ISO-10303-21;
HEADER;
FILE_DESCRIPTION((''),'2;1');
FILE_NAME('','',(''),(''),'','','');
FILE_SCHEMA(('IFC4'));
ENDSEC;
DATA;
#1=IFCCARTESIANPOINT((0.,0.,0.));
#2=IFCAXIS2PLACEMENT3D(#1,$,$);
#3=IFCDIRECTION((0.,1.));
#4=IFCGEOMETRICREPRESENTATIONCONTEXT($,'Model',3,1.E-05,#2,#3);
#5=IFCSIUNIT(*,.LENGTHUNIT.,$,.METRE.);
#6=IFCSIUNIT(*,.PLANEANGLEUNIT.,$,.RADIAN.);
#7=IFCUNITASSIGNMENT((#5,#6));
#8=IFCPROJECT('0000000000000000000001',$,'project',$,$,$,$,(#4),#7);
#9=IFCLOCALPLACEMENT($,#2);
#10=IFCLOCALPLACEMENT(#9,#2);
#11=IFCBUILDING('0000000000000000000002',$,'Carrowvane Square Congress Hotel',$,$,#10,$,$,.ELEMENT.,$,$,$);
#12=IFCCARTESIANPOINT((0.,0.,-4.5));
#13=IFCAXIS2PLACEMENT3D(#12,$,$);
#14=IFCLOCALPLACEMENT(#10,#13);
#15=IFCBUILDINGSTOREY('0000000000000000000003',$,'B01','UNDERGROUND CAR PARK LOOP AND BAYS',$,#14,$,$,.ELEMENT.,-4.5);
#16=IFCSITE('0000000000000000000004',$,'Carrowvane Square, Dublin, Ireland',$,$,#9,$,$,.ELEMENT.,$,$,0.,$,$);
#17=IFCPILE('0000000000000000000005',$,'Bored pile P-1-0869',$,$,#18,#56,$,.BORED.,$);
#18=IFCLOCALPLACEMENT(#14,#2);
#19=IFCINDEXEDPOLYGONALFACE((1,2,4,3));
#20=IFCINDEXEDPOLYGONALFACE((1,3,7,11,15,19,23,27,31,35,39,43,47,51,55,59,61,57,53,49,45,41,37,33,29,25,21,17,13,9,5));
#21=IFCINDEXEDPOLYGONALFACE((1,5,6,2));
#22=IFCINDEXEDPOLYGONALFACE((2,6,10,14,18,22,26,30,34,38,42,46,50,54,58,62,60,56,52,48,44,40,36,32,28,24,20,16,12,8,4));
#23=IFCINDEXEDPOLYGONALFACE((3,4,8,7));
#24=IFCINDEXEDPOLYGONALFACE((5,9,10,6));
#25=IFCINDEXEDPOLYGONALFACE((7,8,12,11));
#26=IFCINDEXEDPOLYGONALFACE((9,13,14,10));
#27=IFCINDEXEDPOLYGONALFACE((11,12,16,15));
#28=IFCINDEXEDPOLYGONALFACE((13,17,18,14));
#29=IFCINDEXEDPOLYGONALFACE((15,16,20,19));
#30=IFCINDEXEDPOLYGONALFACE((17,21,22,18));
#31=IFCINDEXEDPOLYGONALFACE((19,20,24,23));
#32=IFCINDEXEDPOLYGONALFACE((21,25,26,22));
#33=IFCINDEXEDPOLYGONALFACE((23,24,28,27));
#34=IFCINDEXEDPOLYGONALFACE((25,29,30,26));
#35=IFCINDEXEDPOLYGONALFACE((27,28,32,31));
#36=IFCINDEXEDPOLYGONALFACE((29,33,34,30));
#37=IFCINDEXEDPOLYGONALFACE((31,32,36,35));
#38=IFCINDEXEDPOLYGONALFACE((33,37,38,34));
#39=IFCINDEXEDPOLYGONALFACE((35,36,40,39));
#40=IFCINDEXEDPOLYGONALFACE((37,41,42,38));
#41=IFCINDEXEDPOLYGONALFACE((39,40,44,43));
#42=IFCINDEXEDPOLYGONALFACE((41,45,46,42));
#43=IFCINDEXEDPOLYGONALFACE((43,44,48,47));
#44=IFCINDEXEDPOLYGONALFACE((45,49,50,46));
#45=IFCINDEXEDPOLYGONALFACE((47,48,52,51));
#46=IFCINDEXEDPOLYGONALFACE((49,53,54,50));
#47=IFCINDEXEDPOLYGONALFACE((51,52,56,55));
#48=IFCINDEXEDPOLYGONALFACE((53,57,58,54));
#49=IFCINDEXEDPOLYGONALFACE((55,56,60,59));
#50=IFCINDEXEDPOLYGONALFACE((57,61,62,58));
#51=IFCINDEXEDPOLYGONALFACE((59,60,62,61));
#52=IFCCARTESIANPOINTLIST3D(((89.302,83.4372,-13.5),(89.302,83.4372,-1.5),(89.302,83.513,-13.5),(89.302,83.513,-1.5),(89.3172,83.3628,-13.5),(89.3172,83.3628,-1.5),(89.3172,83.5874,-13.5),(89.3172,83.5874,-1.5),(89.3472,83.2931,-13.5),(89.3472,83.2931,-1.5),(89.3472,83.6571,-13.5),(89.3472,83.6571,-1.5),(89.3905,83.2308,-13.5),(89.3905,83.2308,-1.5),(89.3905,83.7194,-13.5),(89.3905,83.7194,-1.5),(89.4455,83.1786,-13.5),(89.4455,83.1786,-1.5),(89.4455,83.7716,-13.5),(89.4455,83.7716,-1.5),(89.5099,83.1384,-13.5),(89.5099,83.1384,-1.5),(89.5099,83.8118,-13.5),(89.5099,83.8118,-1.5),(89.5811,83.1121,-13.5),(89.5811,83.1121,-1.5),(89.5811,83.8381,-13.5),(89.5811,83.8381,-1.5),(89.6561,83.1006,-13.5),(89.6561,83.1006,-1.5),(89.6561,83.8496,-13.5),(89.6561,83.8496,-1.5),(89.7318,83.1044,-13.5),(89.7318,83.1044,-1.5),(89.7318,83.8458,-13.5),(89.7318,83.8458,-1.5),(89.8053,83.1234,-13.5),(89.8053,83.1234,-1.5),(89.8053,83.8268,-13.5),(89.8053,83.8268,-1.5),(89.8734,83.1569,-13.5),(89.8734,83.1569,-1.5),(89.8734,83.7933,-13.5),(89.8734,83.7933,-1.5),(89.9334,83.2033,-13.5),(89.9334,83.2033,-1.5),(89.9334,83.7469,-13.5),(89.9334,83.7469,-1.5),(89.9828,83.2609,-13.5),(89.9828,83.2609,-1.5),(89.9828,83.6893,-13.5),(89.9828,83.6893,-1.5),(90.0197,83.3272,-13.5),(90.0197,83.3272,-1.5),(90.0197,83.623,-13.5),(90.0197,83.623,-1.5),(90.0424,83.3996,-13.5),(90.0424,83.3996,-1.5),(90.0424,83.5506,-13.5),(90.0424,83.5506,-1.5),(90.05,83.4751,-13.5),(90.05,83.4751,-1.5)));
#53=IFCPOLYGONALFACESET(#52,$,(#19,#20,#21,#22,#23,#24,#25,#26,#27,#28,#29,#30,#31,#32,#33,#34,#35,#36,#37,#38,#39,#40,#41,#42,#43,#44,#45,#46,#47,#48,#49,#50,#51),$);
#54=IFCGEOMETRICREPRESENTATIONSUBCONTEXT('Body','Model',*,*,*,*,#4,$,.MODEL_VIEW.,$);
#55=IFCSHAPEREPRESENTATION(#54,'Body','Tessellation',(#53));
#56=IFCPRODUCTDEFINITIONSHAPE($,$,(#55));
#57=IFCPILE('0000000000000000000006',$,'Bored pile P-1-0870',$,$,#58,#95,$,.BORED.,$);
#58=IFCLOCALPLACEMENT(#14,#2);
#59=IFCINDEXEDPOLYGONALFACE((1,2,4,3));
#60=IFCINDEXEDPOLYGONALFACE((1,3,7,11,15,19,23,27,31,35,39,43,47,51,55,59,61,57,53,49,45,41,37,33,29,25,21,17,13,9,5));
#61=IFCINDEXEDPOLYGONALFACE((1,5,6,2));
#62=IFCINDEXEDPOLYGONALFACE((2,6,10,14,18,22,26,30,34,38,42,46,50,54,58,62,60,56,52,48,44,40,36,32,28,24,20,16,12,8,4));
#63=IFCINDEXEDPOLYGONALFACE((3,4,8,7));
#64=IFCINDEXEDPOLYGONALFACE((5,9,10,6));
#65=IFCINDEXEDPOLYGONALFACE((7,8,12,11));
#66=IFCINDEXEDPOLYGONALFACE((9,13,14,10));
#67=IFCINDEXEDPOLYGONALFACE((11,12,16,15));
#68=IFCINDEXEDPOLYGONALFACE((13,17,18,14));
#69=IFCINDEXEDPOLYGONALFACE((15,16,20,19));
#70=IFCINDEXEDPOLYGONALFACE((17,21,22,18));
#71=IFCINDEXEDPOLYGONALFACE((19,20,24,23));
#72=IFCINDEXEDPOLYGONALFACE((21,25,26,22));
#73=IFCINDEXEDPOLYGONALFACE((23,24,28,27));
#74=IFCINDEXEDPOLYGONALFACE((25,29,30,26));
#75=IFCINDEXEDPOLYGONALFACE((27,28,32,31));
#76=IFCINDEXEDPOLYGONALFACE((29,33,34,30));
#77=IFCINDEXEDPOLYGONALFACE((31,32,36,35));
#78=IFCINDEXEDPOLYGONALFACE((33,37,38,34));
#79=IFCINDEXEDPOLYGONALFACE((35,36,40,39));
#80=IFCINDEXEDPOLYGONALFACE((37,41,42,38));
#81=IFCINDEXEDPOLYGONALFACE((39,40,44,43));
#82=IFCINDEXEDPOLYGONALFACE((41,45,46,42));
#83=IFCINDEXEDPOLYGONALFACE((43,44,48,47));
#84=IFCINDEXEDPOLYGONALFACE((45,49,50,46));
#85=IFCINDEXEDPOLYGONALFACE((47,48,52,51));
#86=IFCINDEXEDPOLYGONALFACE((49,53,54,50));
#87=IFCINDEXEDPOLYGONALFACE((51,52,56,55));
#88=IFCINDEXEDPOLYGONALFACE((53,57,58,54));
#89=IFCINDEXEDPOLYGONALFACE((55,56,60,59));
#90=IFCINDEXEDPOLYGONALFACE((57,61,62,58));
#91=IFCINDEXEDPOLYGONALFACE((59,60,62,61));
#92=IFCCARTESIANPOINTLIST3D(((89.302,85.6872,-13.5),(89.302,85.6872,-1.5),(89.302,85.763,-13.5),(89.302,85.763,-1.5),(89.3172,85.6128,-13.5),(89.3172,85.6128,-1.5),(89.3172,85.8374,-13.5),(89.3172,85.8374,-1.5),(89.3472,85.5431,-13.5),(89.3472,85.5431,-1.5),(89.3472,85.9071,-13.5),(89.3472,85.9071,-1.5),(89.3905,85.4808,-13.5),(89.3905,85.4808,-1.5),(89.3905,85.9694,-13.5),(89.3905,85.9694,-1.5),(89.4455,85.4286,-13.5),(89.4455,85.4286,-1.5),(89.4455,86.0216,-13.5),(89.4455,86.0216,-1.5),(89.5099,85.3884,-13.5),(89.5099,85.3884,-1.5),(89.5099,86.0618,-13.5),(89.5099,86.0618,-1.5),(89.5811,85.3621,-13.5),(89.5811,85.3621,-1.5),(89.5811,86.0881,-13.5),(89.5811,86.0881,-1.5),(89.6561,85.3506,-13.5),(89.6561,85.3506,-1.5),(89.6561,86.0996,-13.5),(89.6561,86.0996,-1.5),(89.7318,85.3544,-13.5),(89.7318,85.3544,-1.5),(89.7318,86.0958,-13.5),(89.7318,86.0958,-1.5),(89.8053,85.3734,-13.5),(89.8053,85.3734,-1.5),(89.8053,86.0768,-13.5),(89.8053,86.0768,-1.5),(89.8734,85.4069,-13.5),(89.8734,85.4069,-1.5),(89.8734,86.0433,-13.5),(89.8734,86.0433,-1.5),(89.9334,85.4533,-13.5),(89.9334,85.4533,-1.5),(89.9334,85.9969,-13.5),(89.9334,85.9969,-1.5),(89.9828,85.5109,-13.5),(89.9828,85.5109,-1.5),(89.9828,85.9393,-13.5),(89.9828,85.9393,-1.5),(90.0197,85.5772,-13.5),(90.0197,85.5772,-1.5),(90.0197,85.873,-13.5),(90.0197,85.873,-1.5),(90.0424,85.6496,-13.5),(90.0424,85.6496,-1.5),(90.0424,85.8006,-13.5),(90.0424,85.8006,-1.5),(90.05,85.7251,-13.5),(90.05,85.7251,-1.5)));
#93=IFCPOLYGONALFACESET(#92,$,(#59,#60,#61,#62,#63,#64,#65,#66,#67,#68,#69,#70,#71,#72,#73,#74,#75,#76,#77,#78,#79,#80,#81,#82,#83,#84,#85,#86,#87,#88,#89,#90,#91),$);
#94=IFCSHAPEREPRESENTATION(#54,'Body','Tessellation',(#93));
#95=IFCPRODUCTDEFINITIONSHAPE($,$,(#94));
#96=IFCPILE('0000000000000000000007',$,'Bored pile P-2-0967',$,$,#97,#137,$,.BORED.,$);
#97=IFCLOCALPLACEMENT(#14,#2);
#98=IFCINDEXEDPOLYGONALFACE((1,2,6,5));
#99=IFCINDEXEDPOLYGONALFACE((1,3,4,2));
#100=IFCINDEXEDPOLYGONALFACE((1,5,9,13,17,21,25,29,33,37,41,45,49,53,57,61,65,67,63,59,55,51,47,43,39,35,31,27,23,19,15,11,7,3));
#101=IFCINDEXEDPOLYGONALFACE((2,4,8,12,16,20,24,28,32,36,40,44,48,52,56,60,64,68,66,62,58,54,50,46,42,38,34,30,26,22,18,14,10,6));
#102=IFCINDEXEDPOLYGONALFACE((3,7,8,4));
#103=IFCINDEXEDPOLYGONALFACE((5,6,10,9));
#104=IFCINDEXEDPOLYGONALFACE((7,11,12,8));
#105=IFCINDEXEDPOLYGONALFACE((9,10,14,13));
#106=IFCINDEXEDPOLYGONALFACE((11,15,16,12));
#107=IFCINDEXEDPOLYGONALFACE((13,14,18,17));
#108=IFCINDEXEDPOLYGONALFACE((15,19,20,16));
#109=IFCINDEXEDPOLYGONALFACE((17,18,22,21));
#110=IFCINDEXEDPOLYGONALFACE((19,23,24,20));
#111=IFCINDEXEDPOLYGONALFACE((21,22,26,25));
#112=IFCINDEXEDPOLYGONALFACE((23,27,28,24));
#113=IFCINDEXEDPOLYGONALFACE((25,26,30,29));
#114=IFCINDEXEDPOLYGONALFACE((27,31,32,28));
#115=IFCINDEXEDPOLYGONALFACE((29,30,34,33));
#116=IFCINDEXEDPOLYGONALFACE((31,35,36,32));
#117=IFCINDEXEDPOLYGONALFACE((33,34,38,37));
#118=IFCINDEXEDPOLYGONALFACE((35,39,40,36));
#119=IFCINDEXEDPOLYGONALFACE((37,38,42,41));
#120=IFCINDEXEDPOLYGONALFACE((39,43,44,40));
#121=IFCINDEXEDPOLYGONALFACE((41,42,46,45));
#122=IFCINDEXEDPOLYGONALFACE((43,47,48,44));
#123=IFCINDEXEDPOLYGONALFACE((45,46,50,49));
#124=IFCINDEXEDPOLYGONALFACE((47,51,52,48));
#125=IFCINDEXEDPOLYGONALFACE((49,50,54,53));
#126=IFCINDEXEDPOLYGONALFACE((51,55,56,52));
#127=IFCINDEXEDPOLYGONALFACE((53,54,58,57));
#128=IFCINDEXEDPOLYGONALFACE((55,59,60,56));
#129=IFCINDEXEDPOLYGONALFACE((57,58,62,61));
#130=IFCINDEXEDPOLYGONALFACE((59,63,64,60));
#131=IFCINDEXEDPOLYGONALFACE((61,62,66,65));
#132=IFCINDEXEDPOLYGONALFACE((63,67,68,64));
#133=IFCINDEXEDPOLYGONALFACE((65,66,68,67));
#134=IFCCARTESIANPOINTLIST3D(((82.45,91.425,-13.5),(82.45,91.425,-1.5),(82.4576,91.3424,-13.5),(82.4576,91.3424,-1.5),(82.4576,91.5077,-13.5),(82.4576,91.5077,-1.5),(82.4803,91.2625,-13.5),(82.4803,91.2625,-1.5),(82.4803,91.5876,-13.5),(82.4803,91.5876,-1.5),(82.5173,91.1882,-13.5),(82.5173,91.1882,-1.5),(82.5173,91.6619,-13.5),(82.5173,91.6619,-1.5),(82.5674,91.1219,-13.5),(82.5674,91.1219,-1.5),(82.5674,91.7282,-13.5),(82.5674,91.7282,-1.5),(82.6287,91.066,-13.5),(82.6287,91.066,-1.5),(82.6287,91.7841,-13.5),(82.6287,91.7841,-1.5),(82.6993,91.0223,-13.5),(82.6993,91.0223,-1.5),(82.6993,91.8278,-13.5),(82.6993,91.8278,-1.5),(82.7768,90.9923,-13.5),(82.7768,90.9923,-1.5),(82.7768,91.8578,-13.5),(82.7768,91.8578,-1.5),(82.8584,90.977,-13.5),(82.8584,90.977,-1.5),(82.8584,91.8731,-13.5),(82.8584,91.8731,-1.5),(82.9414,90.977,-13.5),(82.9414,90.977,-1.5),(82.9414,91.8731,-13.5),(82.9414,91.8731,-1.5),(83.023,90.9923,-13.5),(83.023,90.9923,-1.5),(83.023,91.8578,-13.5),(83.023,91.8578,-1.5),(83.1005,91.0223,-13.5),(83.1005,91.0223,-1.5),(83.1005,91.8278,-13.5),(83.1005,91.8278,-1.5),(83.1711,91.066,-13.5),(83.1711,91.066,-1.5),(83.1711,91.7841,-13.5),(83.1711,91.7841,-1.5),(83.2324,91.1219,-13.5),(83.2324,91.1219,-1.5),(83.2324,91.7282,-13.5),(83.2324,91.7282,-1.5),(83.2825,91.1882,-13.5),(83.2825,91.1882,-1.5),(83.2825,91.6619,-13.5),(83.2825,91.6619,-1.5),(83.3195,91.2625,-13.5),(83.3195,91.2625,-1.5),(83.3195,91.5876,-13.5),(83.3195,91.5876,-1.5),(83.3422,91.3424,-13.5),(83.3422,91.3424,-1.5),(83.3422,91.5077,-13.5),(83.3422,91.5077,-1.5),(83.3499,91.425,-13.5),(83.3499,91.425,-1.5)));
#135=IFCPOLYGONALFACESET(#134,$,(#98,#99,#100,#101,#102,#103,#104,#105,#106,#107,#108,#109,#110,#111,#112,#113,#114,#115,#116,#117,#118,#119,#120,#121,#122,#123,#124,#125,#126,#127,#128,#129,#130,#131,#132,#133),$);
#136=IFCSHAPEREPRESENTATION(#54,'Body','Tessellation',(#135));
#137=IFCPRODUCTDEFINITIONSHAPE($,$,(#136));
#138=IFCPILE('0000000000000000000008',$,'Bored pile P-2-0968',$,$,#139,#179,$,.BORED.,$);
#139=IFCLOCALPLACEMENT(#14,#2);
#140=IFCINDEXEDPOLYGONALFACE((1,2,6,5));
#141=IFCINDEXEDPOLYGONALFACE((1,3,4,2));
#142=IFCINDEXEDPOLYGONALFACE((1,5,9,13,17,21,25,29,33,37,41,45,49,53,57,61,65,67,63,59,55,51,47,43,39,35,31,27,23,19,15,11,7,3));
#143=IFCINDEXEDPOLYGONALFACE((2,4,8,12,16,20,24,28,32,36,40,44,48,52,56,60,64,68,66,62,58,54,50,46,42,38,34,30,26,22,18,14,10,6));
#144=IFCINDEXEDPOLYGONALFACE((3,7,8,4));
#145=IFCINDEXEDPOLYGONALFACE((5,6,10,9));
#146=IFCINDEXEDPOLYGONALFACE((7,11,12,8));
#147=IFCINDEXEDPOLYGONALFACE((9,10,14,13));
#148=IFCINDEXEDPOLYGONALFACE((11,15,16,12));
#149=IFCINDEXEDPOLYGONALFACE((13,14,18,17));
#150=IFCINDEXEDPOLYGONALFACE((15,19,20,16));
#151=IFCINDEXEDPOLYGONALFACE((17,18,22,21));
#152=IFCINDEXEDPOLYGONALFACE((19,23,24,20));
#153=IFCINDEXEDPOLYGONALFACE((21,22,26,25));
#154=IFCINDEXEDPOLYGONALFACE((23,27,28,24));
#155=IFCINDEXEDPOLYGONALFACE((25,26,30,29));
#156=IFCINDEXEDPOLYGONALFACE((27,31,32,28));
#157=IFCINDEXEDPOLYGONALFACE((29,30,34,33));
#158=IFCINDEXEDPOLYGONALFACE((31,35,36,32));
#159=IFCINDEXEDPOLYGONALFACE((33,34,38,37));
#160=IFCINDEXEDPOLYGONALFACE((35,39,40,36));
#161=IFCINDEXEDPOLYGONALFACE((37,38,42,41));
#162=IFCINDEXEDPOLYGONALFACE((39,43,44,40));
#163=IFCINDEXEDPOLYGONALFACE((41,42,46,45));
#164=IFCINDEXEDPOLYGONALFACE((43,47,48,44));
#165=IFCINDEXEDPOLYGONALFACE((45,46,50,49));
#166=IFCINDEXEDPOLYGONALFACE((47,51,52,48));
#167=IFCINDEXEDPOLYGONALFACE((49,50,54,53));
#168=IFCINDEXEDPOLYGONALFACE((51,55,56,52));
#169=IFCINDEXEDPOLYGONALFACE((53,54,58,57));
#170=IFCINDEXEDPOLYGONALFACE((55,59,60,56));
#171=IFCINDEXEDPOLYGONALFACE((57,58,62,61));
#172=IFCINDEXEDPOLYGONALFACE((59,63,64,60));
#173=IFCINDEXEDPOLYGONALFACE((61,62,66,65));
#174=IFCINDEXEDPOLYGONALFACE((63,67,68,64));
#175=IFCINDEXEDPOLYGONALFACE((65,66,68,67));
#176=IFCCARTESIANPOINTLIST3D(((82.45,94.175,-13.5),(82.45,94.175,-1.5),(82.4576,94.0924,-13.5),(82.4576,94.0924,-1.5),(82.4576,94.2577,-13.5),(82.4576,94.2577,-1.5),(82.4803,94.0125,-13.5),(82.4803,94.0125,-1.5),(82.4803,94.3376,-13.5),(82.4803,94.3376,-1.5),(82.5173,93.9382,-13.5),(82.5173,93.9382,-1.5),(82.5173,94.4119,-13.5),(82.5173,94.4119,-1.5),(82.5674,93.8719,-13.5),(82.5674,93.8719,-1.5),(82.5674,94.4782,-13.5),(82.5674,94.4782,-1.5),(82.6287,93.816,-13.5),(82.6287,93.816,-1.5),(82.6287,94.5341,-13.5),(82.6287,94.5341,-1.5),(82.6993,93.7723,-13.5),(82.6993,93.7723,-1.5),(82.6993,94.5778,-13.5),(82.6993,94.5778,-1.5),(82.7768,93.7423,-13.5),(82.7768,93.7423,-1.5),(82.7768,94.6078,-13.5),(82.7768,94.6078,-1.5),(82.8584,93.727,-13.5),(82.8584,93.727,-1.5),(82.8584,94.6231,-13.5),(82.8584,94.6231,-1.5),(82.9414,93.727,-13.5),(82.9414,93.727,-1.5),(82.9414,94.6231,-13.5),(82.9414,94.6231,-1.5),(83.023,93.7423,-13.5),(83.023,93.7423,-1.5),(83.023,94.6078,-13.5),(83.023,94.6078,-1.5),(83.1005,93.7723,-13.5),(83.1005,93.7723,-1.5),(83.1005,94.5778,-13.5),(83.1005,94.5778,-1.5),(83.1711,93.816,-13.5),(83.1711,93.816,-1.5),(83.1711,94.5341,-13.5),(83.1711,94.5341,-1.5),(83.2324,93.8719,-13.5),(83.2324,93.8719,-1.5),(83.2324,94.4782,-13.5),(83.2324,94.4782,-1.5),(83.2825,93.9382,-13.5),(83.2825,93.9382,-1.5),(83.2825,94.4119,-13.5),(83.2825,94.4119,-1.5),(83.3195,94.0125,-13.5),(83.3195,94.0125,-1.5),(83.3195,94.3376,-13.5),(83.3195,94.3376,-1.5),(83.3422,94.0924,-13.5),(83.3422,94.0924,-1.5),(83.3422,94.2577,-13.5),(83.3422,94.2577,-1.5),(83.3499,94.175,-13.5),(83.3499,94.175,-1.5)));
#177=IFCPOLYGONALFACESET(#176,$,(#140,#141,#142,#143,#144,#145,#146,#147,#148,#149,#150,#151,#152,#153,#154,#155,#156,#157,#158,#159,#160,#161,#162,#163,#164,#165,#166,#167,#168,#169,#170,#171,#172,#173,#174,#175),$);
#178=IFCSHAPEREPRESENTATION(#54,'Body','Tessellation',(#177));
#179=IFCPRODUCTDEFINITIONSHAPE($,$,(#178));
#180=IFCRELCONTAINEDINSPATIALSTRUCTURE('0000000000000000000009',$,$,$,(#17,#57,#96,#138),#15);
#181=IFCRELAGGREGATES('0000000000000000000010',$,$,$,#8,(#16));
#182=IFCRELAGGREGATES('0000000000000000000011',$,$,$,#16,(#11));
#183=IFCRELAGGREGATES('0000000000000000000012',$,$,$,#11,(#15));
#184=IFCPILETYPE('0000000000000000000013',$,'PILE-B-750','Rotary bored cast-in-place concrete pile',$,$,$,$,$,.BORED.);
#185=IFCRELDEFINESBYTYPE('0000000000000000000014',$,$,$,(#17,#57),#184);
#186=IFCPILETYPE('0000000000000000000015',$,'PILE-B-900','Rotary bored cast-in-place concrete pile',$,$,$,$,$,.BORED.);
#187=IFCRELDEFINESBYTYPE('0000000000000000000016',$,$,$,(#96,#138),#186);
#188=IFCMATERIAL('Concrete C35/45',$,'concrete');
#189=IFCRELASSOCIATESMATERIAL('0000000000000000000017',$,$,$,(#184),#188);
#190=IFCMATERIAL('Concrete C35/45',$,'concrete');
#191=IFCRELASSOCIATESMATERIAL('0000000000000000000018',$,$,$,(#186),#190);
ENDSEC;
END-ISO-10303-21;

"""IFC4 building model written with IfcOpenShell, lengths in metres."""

from ifc_helpers import new_model, si_unit, direction, frame, origin, origin_2d, place, context, subcontext, project, spatial, circle, extrude, material, material_profile, profile_set, type_object, element, save


model = new_model("IFC4")

# Units and contexts
model_context = context("Model", 3, precision=1e-05, world=origin(), true_north=direction((0.0, 1.0)))
body_context = subcontext(model_context, "Body", "Model", "MODEL_VIEW")
ifc_project = project(units=[si_unit("LENGTHUNIT", "METRE"), si_unit("PLANEANGLEUNIT", "RADIAN")], contexts=[model_context])

# Site, building, storey
site_placement = place(None, origin())
site = spatial("IfcSite", under=ifc_project, at=site_placement, Name="Carrowvane Square, Dublin, Ireland", CompositionType="ELEMENT", RefElevation=0.0)
building_placement = place(site_placement, origin())
building = spatial("IfcBuilding", under=site, at=building_placement, Name="Carrowvane Square Congress Hotel", CompositionType="ELEMENT")
storey_placement = place(building_placement, frame((0.0, 0.0, -4.5)))
storey = spatial("IfcBuildingStorey", under=building, at=storey_placement, Name="B01", Description="UNDERGROUND CAR PARK LOOP AND BAYS", CompositionType="ELEMENT", Elevation=-4.5)

# Piles
ifc_material_1 = material(Name="Concrete C35/45", Category="concrete")
ifc_material_profile_1 = material_profile(ifc_material_1, circle(Radius=0.375, at=origin_2d()), Name="PILE D750")
ifc_profile_set_1 = profile_set([ifc_material_profile_1], Name="Concrete C35/45")
pile_type_1 = type_object("IfcPileType", Name="PILE-B-750", Description="Rotary bored cast-in-place concrete pile", PredefinedType="BORED", material=ifc_profile_set_1)
for number, where, z_axis, x_axis, name in (
    (1, (89.675, 83.4751, -1.5), (0.0, 0.0, -1.0), (1.0, 0.0, 0.0), "Bored pile P-1-0869"),
    (2, (89.675, 85.7251, -1.5), (0.0, 0.0, -1.0), (1.0, 0.0, 0.0), "Bored pile P-1-0870"),
):
    element("IfcPile", number, at=place(storey_placement, frame(where, z_axis=z_axis, x_axis=x_axis)), inside=storey, type_object=pile_type_1, Name=name, PredefinedType="BORED", context=body_context, shape_type="SweptSolid", body=[
        extrude(circle(Radius=0.375, at=origin_2d()), origin(), (0.0, 0.0, 1.0), 12.0),
    ])
ifc_material_2 = material(Name="Concrete C35/45", Category="concrete")
ifc_material_profile_2 = material_profile(ifc_material_2, circle(Radius=0.45, at=origin_2d()), Name="PILE D900")
ifc_profile_set_2 = profile_set([ifc_material_profile_2], Name="Concrete C35/45")
pile_type_2 = type_object("IfcPileType", Name="PILE-B-900", Description="Rotary bored cast-in-place concrete pile", PredefinedType="BORED", material=ifc_profile_set_2)
for number, where, z_axis, x_axis, name in (
    (3, (82.8999, 91.425, -1.5), (0.0, 0.0, -1.0), (1.0, 0.0, 0.0), "Bored pile P-2-0967"),
    (4, (82.8999, 94.175, -1.5), (0.0, 0.0, -1.0), (1.0, 0.0, 0.0), "Bored pile P-2-0968"),
):
    element("IfcPile", number, at=place(storey_placement, frame(where, z_axis=z_axis, x_axis=x_axis)), inside=storey, type_object=pile_type_2, Name=name, PredefinedType="BORED", context=body_context, shape_type="SweptSolid", body=[
        extrude(circle(Radius=0.45, at=origin_2d()), origin(), (0.0, 0.0, 1.0), 12.0),
    ])

save(model, "model.ifc")
